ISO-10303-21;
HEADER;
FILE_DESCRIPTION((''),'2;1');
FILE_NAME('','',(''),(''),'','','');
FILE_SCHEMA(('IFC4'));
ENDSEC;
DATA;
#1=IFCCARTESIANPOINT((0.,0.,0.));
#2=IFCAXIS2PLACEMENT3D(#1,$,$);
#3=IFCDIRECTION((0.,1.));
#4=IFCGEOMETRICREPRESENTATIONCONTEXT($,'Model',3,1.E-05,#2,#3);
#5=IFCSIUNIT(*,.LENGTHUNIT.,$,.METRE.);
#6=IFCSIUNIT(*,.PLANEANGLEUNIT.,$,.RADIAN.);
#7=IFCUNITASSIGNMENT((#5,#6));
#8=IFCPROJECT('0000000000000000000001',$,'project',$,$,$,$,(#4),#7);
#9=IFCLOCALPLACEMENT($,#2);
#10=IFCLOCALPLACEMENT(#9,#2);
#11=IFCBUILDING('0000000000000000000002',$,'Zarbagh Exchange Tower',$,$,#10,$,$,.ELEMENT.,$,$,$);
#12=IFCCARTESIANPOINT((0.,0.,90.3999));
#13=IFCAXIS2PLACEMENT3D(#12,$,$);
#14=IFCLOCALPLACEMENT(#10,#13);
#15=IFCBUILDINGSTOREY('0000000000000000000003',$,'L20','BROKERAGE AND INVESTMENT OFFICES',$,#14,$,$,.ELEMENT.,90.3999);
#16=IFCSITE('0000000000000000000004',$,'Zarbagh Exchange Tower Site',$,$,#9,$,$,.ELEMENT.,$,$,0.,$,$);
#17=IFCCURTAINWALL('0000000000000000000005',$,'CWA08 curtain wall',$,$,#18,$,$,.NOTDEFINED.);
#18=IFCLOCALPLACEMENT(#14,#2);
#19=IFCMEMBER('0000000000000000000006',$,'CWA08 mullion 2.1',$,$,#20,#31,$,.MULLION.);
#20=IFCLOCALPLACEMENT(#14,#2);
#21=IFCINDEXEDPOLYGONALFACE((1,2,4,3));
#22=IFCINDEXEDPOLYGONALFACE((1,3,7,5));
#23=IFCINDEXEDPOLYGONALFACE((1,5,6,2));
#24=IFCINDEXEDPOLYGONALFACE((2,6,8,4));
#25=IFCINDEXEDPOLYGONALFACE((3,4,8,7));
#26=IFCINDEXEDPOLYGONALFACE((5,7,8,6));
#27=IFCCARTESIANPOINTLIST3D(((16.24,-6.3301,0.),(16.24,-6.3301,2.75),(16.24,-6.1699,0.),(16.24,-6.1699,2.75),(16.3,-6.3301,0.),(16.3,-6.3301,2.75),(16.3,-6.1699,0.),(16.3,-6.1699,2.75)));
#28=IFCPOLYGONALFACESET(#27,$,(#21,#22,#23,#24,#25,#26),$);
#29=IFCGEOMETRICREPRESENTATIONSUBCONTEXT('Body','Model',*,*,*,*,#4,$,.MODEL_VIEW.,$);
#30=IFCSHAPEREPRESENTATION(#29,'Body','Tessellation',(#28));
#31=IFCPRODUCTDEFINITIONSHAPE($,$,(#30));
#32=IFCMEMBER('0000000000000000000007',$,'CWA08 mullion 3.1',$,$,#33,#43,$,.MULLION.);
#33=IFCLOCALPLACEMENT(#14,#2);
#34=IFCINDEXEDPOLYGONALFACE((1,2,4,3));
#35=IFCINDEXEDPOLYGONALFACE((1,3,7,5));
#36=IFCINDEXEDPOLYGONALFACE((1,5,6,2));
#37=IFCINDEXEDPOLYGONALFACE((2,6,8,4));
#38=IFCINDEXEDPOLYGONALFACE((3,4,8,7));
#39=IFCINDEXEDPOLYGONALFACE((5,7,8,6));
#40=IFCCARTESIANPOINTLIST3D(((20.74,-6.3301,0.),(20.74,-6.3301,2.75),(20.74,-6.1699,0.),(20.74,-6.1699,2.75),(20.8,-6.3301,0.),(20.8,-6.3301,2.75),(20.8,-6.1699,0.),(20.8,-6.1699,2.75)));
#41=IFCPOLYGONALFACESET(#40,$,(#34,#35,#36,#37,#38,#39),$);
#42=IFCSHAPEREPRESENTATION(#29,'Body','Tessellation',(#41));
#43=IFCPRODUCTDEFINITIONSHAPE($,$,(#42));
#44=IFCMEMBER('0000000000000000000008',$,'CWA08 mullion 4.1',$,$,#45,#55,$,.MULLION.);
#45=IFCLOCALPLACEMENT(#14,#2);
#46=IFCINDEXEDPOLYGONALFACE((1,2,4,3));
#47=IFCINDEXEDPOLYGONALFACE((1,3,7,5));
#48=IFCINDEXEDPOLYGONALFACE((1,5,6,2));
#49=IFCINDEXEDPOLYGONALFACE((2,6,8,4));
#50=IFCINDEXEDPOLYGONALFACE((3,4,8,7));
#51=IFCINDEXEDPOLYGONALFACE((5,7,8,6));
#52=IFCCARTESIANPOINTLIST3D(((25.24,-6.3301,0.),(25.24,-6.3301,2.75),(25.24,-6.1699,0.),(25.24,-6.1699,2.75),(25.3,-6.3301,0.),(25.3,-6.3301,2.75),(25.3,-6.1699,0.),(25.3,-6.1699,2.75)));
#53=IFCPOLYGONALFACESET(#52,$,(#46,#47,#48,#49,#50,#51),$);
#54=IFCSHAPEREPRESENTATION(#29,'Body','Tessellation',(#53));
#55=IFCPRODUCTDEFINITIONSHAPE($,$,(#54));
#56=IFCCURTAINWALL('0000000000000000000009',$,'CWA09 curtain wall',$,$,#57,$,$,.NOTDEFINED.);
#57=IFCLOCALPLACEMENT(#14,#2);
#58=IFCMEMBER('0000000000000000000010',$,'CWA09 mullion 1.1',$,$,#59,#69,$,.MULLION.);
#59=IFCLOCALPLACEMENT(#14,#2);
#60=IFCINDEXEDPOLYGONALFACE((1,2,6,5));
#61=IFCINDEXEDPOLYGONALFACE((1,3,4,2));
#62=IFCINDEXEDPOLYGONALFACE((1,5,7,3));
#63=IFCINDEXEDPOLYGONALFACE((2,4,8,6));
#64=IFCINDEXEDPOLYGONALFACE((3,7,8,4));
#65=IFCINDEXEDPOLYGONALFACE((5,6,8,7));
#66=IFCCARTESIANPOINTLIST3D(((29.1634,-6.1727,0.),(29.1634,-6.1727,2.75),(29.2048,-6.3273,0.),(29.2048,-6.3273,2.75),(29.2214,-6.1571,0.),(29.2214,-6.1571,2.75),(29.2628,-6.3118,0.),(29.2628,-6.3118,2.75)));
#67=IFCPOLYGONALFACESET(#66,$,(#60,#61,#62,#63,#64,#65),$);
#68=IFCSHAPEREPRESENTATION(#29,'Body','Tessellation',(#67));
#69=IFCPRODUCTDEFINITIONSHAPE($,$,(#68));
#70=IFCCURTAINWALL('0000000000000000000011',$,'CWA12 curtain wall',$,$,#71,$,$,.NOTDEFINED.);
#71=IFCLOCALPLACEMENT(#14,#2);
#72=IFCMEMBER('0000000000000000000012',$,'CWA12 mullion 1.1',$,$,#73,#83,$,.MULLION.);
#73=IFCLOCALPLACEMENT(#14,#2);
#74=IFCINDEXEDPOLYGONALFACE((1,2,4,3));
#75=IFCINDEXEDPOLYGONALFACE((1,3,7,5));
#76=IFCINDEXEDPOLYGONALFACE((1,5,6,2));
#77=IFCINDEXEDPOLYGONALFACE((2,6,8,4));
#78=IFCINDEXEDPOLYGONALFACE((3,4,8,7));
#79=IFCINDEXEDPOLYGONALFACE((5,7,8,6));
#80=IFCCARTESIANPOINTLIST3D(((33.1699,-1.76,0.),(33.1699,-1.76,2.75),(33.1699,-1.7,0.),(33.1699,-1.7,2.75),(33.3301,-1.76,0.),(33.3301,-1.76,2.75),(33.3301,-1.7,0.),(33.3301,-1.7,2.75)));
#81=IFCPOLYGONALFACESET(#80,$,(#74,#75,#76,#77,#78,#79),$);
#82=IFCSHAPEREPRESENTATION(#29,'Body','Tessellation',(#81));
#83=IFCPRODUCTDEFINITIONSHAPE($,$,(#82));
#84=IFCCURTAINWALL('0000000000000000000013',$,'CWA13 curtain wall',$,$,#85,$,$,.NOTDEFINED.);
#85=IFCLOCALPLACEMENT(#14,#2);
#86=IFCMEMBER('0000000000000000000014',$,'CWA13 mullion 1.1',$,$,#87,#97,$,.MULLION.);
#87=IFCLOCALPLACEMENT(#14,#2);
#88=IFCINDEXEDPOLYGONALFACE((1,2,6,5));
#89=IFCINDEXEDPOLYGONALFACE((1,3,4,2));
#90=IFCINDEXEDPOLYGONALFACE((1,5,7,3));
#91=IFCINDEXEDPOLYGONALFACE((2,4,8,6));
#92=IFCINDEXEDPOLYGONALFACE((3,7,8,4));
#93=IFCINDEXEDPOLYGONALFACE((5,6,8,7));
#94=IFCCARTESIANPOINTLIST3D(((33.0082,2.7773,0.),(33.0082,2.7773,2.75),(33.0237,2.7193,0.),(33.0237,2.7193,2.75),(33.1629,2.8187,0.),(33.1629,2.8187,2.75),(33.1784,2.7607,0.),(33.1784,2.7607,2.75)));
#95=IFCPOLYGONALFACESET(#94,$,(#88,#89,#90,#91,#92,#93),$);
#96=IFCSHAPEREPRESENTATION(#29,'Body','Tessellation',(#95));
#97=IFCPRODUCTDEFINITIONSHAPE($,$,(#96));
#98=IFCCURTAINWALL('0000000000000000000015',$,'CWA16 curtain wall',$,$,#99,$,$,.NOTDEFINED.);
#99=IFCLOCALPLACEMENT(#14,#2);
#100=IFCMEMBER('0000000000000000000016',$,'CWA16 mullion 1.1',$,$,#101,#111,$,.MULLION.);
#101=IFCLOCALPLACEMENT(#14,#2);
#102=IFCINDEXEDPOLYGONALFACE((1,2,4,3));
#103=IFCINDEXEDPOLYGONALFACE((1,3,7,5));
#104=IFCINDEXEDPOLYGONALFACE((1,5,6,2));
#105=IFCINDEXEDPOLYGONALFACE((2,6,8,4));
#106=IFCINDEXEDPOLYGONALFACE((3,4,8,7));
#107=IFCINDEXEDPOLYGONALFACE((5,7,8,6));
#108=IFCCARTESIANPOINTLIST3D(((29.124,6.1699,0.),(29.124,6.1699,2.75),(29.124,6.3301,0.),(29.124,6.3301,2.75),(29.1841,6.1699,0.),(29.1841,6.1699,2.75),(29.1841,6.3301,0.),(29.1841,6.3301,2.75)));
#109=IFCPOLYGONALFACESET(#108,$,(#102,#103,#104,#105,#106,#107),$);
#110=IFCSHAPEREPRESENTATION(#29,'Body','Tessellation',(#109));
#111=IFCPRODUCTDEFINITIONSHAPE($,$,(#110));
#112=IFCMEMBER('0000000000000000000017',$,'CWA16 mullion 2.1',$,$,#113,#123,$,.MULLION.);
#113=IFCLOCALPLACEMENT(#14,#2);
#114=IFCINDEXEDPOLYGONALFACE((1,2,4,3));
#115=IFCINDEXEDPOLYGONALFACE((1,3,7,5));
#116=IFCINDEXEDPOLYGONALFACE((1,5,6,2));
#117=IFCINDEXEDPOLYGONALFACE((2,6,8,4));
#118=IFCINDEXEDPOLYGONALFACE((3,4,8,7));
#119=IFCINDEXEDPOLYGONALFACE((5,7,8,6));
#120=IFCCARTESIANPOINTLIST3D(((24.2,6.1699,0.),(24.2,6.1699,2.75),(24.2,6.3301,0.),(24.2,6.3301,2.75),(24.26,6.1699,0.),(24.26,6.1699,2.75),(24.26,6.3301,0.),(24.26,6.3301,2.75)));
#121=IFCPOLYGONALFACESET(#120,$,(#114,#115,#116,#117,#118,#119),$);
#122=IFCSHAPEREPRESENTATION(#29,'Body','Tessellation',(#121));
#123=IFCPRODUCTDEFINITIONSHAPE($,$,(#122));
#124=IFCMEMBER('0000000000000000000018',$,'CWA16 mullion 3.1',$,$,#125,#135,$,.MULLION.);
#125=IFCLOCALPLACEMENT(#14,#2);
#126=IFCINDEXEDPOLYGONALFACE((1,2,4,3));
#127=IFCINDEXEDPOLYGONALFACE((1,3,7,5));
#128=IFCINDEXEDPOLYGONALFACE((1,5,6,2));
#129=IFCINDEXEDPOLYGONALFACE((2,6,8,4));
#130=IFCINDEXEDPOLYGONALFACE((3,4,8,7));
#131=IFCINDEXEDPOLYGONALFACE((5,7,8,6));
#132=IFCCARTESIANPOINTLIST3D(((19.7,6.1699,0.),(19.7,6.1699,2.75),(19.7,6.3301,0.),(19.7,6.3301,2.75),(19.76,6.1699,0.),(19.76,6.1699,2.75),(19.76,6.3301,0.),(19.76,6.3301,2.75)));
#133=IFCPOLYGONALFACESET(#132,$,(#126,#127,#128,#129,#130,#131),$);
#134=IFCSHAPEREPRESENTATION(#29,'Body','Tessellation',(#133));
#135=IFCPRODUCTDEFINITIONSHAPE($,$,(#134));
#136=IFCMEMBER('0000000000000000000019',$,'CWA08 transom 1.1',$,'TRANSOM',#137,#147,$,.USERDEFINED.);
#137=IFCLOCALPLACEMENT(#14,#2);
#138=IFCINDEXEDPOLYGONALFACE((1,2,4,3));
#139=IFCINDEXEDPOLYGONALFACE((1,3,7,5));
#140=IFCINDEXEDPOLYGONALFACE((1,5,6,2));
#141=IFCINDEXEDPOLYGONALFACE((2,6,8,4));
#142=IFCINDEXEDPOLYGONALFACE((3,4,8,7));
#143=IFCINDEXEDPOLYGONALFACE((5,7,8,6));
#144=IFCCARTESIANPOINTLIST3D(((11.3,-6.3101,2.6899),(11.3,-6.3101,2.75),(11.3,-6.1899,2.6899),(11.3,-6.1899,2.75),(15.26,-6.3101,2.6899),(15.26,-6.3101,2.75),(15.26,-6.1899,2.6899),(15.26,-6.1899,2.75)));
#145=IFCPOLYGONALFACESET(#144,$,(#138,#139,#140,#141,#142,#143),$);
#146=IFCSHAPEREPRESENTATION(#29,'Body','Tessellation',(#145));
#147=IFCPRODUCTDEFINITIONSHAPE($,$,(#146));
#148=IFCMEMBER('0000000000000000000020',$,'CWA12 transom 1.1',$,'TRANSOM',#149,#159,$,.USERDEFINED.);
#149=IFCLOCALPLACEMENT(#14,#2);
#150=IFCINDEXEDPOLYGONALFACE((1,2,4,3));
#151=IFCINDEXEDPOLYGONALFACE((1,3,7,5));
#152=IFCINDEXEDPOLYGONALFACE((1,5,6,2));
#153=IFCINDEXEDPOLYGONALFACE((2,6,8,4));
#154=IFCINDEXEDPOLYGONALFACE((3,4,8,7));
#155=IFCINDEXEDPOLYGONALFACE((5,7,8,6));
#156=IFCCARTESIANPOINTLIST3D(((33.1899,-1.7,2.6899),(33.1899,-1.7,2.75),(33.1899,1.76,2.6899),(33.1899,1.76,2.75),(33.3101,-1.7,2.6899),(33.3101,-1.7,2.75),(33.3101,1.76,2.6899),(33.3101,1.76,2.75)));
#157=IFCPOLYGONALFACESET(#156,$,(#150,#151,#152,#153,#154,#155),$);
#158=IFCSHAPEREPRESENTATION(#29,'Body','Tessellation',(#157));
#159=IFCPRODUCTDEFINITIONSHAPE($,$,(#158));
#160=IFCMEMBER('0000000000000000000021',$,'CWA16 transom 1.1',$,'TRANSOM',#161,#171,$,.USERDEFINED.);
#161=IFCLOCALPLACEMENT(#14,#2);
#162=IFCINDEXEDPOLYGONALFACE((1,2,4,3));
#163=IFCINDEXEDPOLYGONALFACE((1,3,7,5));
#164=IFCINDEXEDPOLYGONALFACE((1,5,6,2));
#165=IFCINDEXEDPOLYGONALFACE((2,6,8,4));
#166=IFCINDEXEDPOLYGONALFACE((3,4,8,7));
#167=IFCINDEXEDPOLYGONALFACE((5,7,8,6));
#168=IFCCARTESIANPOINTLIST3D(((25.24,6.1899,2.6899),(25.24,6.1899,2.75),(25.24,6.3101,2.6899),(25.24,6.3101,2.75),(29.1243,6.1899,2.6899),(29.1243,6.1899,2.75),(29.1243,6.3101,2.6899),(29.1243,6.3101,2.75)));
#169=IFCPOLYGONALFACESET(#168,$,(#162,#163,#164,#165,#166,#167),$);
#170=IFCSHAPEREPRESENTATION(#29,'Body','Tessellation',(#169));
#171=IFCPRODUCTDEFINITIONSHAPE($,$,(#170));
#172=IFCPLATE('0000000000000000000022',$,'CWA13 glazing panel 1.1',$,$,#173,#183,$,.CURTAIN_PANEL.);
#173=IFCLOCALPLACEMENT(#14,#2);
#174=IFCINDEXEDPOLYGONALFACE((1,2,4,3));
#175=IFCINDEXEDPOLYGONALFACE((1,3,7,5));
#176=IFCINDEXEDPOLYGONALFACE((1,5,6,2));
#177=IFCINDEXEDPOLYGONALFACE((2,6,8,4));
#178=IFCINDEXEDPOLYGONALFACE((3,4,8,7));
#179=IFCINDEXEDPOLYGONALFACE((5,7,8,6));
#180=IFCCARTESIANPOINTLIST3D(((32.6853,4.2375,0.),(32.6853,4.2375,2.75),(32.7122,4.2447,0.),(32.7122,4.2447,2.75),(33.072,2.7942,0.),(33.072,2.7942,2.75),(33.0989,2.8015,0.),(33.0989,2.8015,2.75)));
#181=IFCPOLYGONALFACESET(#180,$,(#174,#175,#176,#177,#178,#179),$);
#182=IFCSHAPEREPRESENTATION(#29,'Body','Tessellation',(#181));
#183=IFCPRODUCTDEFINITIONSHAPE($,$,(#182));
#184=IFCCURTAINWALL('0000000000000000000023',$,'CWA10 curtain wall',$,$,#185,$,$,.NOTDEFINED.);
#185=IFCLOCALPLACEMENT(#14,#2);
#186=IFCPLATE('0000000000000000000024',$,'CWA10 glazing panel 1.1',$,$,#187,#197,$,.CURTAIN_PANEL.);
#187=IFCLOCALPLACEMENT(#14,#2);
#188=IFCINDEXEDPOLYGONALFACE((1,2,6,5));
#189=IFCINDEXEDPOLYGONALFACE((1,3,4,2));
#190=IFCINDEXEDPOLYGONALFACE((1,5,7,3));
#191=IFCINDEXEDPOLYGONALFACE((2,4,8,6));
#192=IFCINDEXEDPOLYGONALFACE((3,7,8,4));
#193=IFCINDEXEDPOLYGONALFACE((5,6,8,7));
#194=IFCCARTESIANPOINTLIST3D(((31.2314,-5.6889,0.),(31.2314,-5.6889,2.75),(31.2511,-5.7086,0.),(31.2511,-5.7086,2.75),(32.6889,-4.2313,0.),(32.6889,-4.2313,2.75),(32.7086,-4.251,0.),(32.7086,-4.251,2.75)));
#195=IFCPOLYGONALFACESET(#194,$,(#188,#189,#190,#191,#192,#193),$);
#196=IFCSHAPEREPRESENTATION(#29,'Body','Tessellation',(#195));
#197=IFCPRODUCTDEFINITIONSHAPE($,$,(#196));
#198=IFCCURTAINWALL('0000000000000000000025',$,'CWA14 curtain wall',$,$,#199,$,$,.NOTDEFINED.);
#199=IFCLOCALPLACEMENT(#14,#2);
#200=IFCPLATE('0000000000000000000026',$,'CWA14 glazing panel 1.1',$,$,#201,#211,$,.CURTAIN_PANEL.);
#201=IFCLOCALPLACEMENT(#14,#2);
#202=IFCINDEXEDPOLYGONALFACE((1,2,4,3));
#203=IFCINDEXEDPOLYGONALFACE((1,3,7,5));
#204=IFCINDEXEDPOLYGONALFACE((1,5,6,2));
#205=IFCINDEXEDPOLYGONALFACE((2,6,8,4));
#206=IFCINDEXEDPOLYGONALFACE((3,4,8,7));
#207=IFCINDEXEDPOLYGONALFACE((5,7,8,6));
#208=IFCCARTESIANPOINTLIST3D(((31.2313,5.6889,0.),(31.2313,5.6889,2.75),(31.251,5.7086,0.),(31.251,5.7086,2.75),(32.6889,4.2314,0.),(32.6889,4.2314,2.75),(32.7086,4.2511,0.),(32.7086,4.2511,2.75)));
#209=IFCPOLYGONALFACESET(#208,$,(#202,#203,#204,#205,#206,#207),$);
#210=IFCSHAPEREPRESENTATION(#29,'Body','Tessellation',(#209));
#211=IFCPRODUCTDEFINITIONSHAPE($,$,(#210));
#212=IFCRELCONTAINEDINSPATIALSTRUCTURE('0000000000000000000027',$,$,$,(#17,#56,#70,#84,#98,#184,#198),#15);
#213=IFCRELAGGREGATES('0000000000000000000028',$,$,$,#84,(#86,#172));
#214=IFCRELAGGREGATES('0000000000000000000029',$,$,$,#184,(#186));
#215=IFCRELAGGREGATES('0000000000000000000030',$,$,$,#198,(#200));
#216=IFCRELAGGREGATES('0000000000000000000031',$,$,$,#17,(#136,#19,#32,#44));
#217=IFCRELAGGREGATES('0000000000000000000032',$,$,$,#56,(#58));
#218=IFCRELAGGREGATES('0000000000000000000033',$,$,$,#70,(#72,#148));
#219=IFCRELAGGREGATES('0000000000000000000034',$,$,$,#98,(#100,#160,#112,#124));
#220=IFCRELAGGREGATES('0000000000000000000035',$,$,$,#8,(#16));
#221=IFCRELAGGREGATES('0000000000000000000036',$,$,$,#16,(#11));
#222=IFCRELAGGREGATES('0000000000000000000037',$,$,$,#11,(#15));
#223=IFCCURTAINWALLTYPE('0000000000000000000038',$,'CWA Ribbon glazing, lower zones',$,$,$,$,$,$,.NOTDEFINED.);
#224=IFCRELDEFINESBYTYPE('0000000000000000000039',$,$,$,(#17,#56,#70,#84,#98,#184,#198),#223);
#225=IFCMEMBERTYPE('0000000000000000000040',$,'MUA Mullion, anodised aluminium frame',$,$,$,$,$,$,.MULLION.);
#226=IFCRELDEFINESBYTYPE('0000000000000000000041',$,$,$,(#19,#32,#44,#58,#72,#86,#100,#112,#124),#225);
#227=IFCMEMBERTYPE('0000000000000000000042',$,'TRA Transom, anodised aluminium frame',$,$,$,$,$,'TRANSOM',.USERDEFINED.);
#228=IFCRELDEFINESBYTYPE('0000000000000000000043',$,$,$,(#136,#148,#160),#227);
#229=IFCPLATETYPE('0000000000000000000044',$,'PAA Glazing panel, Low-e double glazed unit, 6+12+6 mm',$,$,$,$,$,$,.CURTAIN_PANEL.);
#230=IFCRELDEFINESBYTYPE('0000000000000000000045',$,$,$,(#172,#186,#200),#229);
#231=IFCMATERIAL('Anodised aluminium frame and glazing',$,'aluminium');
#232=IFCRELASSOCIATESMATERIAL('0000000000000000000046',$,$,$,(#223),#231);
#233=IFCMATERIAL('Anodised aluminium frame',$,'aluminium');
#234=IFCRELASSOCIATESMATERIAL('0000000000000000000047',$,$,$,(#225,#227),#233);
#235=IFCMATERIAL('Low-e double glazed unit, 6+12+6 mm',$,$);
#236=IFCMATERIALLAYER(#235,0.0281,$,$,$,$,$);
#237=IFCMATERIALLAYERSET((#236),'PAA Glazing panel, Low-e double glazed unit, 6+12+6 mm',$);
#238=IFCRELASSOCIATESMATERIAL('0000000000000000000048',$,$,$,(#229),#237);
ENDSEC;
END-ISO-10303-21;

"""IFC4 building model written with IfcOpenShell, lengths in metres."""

from ifc_helpers import new_model, si_unit, direction, frame, origin, place, context, subcontext, project, spatial, polyline, outline, extrude, source, transform, mapped, material, layer, layer_set, type_object, element, aggregate, save


model = new_model("IFC4")

# Units and contexts
model_context = context("Model", 3, precision=1e-05, world=origin(), true_north=direction((0.0, 1.0)))
body_context = subcontext(model_context, "Body", "Model", "MODEL_VIEW")
ifc_project = project(units=[si_unit("LENGTHUNIT", "METRE"), si_unit("PLANEANGLEUNIT", "RADIAN")], contexts=[model_context])

# Site, building, storey
site_placement = place(None, origin())
site = spatial("IfcSite", under=ifc_project, at=site_placement, Name="Zarbagh Exchange Tower Site", CompositionType="ELEMENT", RefElevation=0.0)
building_placement = place(site_placement, origin())
building = spatial("IfcBuilding", under=site, at=building_placement, Name="Zarbagh Exchange Tower", CompositionType="ELEMENT")
storey_placement = place(building_placement, frame((0.0, 0.0, 90.3999)))
storey = spatial("IfcBuildingStorey", under=building, at=storey_placement, Name="L20", Description="BROKERAGE AND INVESTMENT OFFICES", CompositionType="ELEMENT", Elevation=90.3999)

# Curtain wall, members
ifc_material_1 = material(Name="Anodised aluminium frame and glazing", Category="aluminium")
curtain_wall_type = type_object("IfcCurtainWallType", Name="CWA Ribbon glazing, lower zones", PredefinedType="NOTDEFINED", material=ifc_material_1)
curtain_wall_1_placement = place(storey_placement, origin())
curtain_wall_1 = element("IfcCurtainWall", 1, at=curtain_wall_1_placement, inside=storey, type_object=curtain_wall_type, Name="CWA08 curtain wall", PredefinedType="NOTDEFINED")
ifc_material_2 = material(Name="Anodised aluminium frame", Category="aluminium")
member_type_1 = type_object("IfcMemberType", Name="MUA Mullion, anodised aluminium frame", PredefinedType="MULLION", material=ifc_material_2)
shared_shape_1 = source(origin(), body_context, "Body", "SweptSolid", [
    extrude(outline(polyline([(0.0, -0.0801), (0.0601, -0.0801), (0.0601, 0.0801), (0.0, 0.0801), (0.0, -0.0801)])), origin(), (0.0, 0.0, 1.0), 2.75),
])
placement = place(storey_placement, origin())
member_1 = element("IfcMember", 2, at=placement, type_object=member_type_1, Name="CWA08 mullion 2.1", PredefinedType="MULLION", context=body_context, shape_type="MappedRepresentation", body=[
    mapped(shared_shape_1, transform((16.24, -6.25, 0.0), x_axis=(1.0, 0.0, 0.0), y_axis=(0.0, 1.0, 0.0), z_axis=(0.0, 0.0, 1.0))),
])
member_2 = element("IfcMember", 3, at=placement, type_object=member_type_1, Name="CWA08 mullion 3.1", PredefinedType="MULLION", context=body_context, shape_type="MappedRepresentation", body=[
    mapped(shared_shape_1, transform((20.74, -6.25, 0.0), x_axis=(1.0, 0.0, 0.0), y_axis=(0.0, 1.0, 0.0), z_axis=(0.0, 0.0, 1.0))),
])
member_3 = element("IfcMember", 4, at=placement, type_object=member_type_1, Name="CWA08 mullion 4.1", PredefinedType="MULLION", context=body_context, shape_type="MappedRepresentation", body=[
    mapped(shared_shape_1, transform((25.24, -6.25, 0.0), x_axis=(1.0, 0.0, 0.0), y_axis=(0.0, 1.0, 0.0), z_axis=(0.0, 0.0, 1.0))),
])

# Curtain walls, members
curtain_wall_2_placement = place(storey_placement, origin())
curtain_wall_2 = element("IfcCurtainWall", 5, at=curtain_wall_2_placement, inside=storey, type_object=curtain_wall_type, Name="CWA09 curtain wall", PredefinedType="NOTDEFINED")
member_4 = element("IfcMember", 6, at=placement, type_object=member_type_1, Name="CWA09 mullion 1.1", PredefinedType="MULLION", context=body_context, shape_type="MappedRepresentation", body=[
    mapped(shared_shape_1, transform((29.1841, -6.25, 0.0), x_axis=(0.965924, 0.258825, 0.0), y_axis=(-0.258825, 0.965924, 0.0), z_axis=(0.0, 0.0, 1.0))),
])
curtain_wall_3_placement = place(storey_placement, origin())
curtain_wall_3 = element("IfcCurtainWall", 7, at=curtain_wall_3_placement, inside=storey, type_object=curtain_wall_type, Name="CWA12 curtain wall", PredefinedType="NOTDEFINED")
member_5 = element("IfcMember", 8, at=placement, type_object=member_type_1, Name="CWA12 mullion 1.1", PredefinedType="MULLION", context=body_context, shape_type="MappedRepresentation", body=[
    mapped(shared_shape_1, transform((33.25, -1.76, 0.0), x_axis=(0.0, 1.0, 0.0), y_axis=(-1.0, 0.0, 0.0), z_axis=(0.0, 0.0, 1.0))),
])
curtain_wall_4_placement = place(storey_placement, origin())
curtain_wall_4 = element("IfcCurtainWall", 9, at=curtain_wall_4_placement, inside=storey, type_object=curtain_wall_type, Name="CWA13 curtain wall", PredefinedType="NOTDEFINED")
member_6 = element("IfcMember", 10, at=placement, type_object=member_type_1, Name="CWA13 mullion 1.1", PredefinedType="MULLION", context=body_context, shape_type="MappedRepresentation", body=[
    mapped(shared_shape_1, transform((33.1011, 2.74, 0.0), x_axis=(-0.258825, 0.965924, 0.0), y_axis=(-0.965924, -0.258825, 0.0), z_axis=(0.0, 0.0, 1.0))),
])

# Curtain wall, members
curtain_wall_5_placement = place(storey_placement, origin())
curtain_wall_5 = element("IfcCurtainWall", 11, at=curtain_wall_5_placement, inside=storey, type_object=curtain_wall_type, Name="CWA16 curtain wall", PredefinedType="NOTDEFINED")
member_7 = element("IfcMember", 12, at=placement, type_object=member_type_1, Name="CWA16 mullion 1.1", PredefinedType="MULLION", context=body_context, shape_type="MappedRepresentation", body=[
    mapped(shared_shape_1, transform((29.1841, 6.25, 0.0), x_axis=(-1.0, 0.0, 0.0), y_axis=(0.0, -1.0, 0.0), z_axis=(0.0, 0.0, 1.0))),
])
member_8 = element("IfcMember", 13, at=placement, type_object=member_type_1, Name="CWA16 mullion 2.1", PredefinedType="MULLION", context=body_context, shape_type="MappedRepresentation", body=[
    mapped(shared_shape_1, transform((24.26, 6.25, 0.0), x_axis=(-1.0, 0.0, 0.0), y_axis=(0.0, -1.0, 0.0), z_axis=(0.0, 0.0, 1.0))),
])
member_9 = element("IfcMember", 14, at=placement, type_object=member_type_1, Name="CWA16 mullion 3.1", PredefinedType="MULLION", context=body_context, shape_type="MappedRepresentation", body=[
    mapped(shared_shape_1, transform((19.76, 6.25, 0.0), x_axis=(-1.0, 0.0, 0.0), y_axis=(0.0, -1.0, 0.0), z_axis=(0.0, 0.0, 1.0))),
])

# Members
member_type_2 = type_object("IfcMemberType", Name="TRA Transom, anodised aluminium frame", ElementType="TRANSOM", PredefinedType="USERDEFINED", material=ifc_material_2)
shared_shape_2 = source(origin(), body_context, "Body", "SweptSolid", [
    extrude(outline(polyline([(-0.0601, -0.0601), (0.0, -0.0601), (0.0, 0.0601), (-0.0601, 0.0601), (-0.0601, -0.0601)])), origin(), (0.0, 0.0, 1.0), 3.96),
])
member_10 = element("IfcMember", 15, at=placement, type_object=member_type_2, Name="CWA08 transom 1.1", ObjectType="TRANSOM", PredefinedType="USERDEFINED", context=body_context, shape_type="MappedRepresentation", body=[
    mapped(shared_shape_2, transform((11.3, -6.25, 2.75), x_axis=(0.0, 0.0, 1.0), y_axis=(0.0, -1.0, 0.0), z_axis=(1.0, 0.0, 0.0))),
])
shared_shape_3 = source(origin(), body_context, "Body", "SweptSolid", [
    extrude(outline(polyline([(-0.0601, -0.0601), (0.0, -0.0601), (0.0, 0.0601), (-0.0601, 0.0601), (-0.0601, -0.0601)])), origin(), (0.0, 0.0, 1.0), 3.46),
])
member_11 = element("IfcMember", 16, at=placement, type_object=member_type_2, Name="CWA12 transom 1.1", ObjectType="TRANSOM", PredefinedType="USERDEFINED", context=body_context, shape_type="MappedRepresentation", body=[
    mapped(shared_shape_3, transform((33.25, -1.7, 2.75), x_axis=(0.0, 0.0, 1.0), y_axis=(1.0, 0.0, 0.0), z_axis=(0.0, 1.0, 0.0))),
])
shared_shape_4 = source(origin(), body_context, "Body", "SweptSolid", [
    extrude(outline(polyline([(-0.0601, -0.0601), (0.0, -0.0601), (0.0, 0.0601), (-0.0601, 0.0601), (-0.0601, -0.0601)])), origin(), (0.0, 0.0, 1.0), 3.8843),
])
member_12 = element("IfcMember", 17, at=placement, type_object=member_type_2, Name="CWA16 transom 1.1", ObjectType="TRANSOM", PredefinedType="USERDEFINED", context=body_context, shape_type="MappedRepresentation", body=[
    mapped(shared_shape_4, transform((29.1243, 6.25, 2.75), x_axis=(0.0, 0.0, 1.0), y_axis=(0.0, 1.0, 0.0), z_axis=(-1.0, 0.0, 0.0))),
])

# Plate
ifc_material_3 = material(Name="Low-e double glazed unit, 6+12+6 mm")
ifc_layer = layer(ifc_material_3, 0.0281)
ifc_layer_set = layer_set([ifc_layer], Name="PAA Glazing panel, Low-e double glazed unit, 6+12+6 mm")
plate_type = type_object("IfcPlateType", Name="PAA Glazing panel, Low-e double glazed unit, 6+12+6 mm", PredefinedType="CURTAIN_PANEL", material=ifc_layer_set)
shared_shape_5 = source(origin(), body_context, "Body", "SweptSolid", [
    extrude(outline(polyline([(0.0, -0.0139), (1.4941, -0.0139), (1.4941, 0.0139), (0.0, 0.0139), (0.0, -0.0139)])), origin(), (0.0, 0.0, 1.0), 2.75),
])
plate_1 = element("IfcPlate", 18, at=placement, type_object=plate_type, Name="CWA13 glazing panel 1.1", PredefinedType="CURTAIN_PANEL", context=body_context, shape_type="MappedRepresentation", body=[
    mapped(shared_shape_5, transform((33.0854, 2.7979, 0.0), x_axis=(-0.258825, 0.965924, 0.0), y_axis=(-0.965924, -0.258825, 0.0), z_axis=(0.0, 0.0, 1.0))),
])
aggregate(curtain_wall_4, [member_6, plate_1])

# Curtain walls, plates
curtain_wall_6_placement = place(storey_placement, origin())
curtain_wall_6 = element("IfcCurtainWall", 19, at=curtain_wall_6_placement, inside=storey, type_object=curtain_wall_type, Name="CWA10 curtain wall", PredefinedType="NOTDEFINED")
shared_shape_6 = source(origin(), body_context, "Body", "SweptSolid", [
    extrude(outline(polyline([(0.0, -0.0139), (2.0613, -0.0139), (2.0613, 0.0139), (0.0, 0.0139), (0.0, -0.0139)])), origin(), (0.0, 0.0, 1.0), 2.75),
])
plate_2 = element("IfcPlate", 20, at=placement, type_object=plate_type, Name="CWA10 glazing panel 1.1", PredefinedType="CURTAIN_PANEL", context=body_context, shape_type="MappedRepresentation", body=[
    mapped(shared_shape_6, transform((31.2412, -5.6987, 0.0), x_axis=(0.707107, 0.707107, 0.0), y_axis=(-0.707107, 0.707107, 0.0), z_axis=(0.0, 0.0, 1.0))),
])
aggregate(curtain_wall_6, [plate_2])
curtain_wall_7_placement = place(storey_placement, origin())
curtain_wall_7 = element("IfcCurtainWall", 21, at=curtain_wall_7_placement, inside=storey, type_object=curtain_wall_type, Name="CWA14 curtain wall", PredefinedType="NOTDEFINED")
plate_3 = element("IfcPlate", 22, at=placement, type_object=plate_type, Name="CWA14 glazing panel 1.1", PredefinedType="CURTAIN_PANEL", context=body_context, shape_type="MappedRepresentation", body=[
    mapped(shared_shape_6, transform((32.6987, 4.2412, 0.0), x_axis=(-0.707107, 0.707107, 0.0), y_axis=(-0.707107, -0.707107, 0.0), z_axis=(0.0, 0.0, 1.0))),
])
aggregate(curtain_wall_7, [plate_3])

aggregate(curtain_wall_1, [member_10, member_1, member_2, member_3])
aggregate(curtain_wall_2, [member_4])

aggregate(curtain_wall_3, [member_5, member_11])
aggregate(curtain_wall_5, [member_7, member_12, member_8, member_9])

save(model, "model.ifc")
